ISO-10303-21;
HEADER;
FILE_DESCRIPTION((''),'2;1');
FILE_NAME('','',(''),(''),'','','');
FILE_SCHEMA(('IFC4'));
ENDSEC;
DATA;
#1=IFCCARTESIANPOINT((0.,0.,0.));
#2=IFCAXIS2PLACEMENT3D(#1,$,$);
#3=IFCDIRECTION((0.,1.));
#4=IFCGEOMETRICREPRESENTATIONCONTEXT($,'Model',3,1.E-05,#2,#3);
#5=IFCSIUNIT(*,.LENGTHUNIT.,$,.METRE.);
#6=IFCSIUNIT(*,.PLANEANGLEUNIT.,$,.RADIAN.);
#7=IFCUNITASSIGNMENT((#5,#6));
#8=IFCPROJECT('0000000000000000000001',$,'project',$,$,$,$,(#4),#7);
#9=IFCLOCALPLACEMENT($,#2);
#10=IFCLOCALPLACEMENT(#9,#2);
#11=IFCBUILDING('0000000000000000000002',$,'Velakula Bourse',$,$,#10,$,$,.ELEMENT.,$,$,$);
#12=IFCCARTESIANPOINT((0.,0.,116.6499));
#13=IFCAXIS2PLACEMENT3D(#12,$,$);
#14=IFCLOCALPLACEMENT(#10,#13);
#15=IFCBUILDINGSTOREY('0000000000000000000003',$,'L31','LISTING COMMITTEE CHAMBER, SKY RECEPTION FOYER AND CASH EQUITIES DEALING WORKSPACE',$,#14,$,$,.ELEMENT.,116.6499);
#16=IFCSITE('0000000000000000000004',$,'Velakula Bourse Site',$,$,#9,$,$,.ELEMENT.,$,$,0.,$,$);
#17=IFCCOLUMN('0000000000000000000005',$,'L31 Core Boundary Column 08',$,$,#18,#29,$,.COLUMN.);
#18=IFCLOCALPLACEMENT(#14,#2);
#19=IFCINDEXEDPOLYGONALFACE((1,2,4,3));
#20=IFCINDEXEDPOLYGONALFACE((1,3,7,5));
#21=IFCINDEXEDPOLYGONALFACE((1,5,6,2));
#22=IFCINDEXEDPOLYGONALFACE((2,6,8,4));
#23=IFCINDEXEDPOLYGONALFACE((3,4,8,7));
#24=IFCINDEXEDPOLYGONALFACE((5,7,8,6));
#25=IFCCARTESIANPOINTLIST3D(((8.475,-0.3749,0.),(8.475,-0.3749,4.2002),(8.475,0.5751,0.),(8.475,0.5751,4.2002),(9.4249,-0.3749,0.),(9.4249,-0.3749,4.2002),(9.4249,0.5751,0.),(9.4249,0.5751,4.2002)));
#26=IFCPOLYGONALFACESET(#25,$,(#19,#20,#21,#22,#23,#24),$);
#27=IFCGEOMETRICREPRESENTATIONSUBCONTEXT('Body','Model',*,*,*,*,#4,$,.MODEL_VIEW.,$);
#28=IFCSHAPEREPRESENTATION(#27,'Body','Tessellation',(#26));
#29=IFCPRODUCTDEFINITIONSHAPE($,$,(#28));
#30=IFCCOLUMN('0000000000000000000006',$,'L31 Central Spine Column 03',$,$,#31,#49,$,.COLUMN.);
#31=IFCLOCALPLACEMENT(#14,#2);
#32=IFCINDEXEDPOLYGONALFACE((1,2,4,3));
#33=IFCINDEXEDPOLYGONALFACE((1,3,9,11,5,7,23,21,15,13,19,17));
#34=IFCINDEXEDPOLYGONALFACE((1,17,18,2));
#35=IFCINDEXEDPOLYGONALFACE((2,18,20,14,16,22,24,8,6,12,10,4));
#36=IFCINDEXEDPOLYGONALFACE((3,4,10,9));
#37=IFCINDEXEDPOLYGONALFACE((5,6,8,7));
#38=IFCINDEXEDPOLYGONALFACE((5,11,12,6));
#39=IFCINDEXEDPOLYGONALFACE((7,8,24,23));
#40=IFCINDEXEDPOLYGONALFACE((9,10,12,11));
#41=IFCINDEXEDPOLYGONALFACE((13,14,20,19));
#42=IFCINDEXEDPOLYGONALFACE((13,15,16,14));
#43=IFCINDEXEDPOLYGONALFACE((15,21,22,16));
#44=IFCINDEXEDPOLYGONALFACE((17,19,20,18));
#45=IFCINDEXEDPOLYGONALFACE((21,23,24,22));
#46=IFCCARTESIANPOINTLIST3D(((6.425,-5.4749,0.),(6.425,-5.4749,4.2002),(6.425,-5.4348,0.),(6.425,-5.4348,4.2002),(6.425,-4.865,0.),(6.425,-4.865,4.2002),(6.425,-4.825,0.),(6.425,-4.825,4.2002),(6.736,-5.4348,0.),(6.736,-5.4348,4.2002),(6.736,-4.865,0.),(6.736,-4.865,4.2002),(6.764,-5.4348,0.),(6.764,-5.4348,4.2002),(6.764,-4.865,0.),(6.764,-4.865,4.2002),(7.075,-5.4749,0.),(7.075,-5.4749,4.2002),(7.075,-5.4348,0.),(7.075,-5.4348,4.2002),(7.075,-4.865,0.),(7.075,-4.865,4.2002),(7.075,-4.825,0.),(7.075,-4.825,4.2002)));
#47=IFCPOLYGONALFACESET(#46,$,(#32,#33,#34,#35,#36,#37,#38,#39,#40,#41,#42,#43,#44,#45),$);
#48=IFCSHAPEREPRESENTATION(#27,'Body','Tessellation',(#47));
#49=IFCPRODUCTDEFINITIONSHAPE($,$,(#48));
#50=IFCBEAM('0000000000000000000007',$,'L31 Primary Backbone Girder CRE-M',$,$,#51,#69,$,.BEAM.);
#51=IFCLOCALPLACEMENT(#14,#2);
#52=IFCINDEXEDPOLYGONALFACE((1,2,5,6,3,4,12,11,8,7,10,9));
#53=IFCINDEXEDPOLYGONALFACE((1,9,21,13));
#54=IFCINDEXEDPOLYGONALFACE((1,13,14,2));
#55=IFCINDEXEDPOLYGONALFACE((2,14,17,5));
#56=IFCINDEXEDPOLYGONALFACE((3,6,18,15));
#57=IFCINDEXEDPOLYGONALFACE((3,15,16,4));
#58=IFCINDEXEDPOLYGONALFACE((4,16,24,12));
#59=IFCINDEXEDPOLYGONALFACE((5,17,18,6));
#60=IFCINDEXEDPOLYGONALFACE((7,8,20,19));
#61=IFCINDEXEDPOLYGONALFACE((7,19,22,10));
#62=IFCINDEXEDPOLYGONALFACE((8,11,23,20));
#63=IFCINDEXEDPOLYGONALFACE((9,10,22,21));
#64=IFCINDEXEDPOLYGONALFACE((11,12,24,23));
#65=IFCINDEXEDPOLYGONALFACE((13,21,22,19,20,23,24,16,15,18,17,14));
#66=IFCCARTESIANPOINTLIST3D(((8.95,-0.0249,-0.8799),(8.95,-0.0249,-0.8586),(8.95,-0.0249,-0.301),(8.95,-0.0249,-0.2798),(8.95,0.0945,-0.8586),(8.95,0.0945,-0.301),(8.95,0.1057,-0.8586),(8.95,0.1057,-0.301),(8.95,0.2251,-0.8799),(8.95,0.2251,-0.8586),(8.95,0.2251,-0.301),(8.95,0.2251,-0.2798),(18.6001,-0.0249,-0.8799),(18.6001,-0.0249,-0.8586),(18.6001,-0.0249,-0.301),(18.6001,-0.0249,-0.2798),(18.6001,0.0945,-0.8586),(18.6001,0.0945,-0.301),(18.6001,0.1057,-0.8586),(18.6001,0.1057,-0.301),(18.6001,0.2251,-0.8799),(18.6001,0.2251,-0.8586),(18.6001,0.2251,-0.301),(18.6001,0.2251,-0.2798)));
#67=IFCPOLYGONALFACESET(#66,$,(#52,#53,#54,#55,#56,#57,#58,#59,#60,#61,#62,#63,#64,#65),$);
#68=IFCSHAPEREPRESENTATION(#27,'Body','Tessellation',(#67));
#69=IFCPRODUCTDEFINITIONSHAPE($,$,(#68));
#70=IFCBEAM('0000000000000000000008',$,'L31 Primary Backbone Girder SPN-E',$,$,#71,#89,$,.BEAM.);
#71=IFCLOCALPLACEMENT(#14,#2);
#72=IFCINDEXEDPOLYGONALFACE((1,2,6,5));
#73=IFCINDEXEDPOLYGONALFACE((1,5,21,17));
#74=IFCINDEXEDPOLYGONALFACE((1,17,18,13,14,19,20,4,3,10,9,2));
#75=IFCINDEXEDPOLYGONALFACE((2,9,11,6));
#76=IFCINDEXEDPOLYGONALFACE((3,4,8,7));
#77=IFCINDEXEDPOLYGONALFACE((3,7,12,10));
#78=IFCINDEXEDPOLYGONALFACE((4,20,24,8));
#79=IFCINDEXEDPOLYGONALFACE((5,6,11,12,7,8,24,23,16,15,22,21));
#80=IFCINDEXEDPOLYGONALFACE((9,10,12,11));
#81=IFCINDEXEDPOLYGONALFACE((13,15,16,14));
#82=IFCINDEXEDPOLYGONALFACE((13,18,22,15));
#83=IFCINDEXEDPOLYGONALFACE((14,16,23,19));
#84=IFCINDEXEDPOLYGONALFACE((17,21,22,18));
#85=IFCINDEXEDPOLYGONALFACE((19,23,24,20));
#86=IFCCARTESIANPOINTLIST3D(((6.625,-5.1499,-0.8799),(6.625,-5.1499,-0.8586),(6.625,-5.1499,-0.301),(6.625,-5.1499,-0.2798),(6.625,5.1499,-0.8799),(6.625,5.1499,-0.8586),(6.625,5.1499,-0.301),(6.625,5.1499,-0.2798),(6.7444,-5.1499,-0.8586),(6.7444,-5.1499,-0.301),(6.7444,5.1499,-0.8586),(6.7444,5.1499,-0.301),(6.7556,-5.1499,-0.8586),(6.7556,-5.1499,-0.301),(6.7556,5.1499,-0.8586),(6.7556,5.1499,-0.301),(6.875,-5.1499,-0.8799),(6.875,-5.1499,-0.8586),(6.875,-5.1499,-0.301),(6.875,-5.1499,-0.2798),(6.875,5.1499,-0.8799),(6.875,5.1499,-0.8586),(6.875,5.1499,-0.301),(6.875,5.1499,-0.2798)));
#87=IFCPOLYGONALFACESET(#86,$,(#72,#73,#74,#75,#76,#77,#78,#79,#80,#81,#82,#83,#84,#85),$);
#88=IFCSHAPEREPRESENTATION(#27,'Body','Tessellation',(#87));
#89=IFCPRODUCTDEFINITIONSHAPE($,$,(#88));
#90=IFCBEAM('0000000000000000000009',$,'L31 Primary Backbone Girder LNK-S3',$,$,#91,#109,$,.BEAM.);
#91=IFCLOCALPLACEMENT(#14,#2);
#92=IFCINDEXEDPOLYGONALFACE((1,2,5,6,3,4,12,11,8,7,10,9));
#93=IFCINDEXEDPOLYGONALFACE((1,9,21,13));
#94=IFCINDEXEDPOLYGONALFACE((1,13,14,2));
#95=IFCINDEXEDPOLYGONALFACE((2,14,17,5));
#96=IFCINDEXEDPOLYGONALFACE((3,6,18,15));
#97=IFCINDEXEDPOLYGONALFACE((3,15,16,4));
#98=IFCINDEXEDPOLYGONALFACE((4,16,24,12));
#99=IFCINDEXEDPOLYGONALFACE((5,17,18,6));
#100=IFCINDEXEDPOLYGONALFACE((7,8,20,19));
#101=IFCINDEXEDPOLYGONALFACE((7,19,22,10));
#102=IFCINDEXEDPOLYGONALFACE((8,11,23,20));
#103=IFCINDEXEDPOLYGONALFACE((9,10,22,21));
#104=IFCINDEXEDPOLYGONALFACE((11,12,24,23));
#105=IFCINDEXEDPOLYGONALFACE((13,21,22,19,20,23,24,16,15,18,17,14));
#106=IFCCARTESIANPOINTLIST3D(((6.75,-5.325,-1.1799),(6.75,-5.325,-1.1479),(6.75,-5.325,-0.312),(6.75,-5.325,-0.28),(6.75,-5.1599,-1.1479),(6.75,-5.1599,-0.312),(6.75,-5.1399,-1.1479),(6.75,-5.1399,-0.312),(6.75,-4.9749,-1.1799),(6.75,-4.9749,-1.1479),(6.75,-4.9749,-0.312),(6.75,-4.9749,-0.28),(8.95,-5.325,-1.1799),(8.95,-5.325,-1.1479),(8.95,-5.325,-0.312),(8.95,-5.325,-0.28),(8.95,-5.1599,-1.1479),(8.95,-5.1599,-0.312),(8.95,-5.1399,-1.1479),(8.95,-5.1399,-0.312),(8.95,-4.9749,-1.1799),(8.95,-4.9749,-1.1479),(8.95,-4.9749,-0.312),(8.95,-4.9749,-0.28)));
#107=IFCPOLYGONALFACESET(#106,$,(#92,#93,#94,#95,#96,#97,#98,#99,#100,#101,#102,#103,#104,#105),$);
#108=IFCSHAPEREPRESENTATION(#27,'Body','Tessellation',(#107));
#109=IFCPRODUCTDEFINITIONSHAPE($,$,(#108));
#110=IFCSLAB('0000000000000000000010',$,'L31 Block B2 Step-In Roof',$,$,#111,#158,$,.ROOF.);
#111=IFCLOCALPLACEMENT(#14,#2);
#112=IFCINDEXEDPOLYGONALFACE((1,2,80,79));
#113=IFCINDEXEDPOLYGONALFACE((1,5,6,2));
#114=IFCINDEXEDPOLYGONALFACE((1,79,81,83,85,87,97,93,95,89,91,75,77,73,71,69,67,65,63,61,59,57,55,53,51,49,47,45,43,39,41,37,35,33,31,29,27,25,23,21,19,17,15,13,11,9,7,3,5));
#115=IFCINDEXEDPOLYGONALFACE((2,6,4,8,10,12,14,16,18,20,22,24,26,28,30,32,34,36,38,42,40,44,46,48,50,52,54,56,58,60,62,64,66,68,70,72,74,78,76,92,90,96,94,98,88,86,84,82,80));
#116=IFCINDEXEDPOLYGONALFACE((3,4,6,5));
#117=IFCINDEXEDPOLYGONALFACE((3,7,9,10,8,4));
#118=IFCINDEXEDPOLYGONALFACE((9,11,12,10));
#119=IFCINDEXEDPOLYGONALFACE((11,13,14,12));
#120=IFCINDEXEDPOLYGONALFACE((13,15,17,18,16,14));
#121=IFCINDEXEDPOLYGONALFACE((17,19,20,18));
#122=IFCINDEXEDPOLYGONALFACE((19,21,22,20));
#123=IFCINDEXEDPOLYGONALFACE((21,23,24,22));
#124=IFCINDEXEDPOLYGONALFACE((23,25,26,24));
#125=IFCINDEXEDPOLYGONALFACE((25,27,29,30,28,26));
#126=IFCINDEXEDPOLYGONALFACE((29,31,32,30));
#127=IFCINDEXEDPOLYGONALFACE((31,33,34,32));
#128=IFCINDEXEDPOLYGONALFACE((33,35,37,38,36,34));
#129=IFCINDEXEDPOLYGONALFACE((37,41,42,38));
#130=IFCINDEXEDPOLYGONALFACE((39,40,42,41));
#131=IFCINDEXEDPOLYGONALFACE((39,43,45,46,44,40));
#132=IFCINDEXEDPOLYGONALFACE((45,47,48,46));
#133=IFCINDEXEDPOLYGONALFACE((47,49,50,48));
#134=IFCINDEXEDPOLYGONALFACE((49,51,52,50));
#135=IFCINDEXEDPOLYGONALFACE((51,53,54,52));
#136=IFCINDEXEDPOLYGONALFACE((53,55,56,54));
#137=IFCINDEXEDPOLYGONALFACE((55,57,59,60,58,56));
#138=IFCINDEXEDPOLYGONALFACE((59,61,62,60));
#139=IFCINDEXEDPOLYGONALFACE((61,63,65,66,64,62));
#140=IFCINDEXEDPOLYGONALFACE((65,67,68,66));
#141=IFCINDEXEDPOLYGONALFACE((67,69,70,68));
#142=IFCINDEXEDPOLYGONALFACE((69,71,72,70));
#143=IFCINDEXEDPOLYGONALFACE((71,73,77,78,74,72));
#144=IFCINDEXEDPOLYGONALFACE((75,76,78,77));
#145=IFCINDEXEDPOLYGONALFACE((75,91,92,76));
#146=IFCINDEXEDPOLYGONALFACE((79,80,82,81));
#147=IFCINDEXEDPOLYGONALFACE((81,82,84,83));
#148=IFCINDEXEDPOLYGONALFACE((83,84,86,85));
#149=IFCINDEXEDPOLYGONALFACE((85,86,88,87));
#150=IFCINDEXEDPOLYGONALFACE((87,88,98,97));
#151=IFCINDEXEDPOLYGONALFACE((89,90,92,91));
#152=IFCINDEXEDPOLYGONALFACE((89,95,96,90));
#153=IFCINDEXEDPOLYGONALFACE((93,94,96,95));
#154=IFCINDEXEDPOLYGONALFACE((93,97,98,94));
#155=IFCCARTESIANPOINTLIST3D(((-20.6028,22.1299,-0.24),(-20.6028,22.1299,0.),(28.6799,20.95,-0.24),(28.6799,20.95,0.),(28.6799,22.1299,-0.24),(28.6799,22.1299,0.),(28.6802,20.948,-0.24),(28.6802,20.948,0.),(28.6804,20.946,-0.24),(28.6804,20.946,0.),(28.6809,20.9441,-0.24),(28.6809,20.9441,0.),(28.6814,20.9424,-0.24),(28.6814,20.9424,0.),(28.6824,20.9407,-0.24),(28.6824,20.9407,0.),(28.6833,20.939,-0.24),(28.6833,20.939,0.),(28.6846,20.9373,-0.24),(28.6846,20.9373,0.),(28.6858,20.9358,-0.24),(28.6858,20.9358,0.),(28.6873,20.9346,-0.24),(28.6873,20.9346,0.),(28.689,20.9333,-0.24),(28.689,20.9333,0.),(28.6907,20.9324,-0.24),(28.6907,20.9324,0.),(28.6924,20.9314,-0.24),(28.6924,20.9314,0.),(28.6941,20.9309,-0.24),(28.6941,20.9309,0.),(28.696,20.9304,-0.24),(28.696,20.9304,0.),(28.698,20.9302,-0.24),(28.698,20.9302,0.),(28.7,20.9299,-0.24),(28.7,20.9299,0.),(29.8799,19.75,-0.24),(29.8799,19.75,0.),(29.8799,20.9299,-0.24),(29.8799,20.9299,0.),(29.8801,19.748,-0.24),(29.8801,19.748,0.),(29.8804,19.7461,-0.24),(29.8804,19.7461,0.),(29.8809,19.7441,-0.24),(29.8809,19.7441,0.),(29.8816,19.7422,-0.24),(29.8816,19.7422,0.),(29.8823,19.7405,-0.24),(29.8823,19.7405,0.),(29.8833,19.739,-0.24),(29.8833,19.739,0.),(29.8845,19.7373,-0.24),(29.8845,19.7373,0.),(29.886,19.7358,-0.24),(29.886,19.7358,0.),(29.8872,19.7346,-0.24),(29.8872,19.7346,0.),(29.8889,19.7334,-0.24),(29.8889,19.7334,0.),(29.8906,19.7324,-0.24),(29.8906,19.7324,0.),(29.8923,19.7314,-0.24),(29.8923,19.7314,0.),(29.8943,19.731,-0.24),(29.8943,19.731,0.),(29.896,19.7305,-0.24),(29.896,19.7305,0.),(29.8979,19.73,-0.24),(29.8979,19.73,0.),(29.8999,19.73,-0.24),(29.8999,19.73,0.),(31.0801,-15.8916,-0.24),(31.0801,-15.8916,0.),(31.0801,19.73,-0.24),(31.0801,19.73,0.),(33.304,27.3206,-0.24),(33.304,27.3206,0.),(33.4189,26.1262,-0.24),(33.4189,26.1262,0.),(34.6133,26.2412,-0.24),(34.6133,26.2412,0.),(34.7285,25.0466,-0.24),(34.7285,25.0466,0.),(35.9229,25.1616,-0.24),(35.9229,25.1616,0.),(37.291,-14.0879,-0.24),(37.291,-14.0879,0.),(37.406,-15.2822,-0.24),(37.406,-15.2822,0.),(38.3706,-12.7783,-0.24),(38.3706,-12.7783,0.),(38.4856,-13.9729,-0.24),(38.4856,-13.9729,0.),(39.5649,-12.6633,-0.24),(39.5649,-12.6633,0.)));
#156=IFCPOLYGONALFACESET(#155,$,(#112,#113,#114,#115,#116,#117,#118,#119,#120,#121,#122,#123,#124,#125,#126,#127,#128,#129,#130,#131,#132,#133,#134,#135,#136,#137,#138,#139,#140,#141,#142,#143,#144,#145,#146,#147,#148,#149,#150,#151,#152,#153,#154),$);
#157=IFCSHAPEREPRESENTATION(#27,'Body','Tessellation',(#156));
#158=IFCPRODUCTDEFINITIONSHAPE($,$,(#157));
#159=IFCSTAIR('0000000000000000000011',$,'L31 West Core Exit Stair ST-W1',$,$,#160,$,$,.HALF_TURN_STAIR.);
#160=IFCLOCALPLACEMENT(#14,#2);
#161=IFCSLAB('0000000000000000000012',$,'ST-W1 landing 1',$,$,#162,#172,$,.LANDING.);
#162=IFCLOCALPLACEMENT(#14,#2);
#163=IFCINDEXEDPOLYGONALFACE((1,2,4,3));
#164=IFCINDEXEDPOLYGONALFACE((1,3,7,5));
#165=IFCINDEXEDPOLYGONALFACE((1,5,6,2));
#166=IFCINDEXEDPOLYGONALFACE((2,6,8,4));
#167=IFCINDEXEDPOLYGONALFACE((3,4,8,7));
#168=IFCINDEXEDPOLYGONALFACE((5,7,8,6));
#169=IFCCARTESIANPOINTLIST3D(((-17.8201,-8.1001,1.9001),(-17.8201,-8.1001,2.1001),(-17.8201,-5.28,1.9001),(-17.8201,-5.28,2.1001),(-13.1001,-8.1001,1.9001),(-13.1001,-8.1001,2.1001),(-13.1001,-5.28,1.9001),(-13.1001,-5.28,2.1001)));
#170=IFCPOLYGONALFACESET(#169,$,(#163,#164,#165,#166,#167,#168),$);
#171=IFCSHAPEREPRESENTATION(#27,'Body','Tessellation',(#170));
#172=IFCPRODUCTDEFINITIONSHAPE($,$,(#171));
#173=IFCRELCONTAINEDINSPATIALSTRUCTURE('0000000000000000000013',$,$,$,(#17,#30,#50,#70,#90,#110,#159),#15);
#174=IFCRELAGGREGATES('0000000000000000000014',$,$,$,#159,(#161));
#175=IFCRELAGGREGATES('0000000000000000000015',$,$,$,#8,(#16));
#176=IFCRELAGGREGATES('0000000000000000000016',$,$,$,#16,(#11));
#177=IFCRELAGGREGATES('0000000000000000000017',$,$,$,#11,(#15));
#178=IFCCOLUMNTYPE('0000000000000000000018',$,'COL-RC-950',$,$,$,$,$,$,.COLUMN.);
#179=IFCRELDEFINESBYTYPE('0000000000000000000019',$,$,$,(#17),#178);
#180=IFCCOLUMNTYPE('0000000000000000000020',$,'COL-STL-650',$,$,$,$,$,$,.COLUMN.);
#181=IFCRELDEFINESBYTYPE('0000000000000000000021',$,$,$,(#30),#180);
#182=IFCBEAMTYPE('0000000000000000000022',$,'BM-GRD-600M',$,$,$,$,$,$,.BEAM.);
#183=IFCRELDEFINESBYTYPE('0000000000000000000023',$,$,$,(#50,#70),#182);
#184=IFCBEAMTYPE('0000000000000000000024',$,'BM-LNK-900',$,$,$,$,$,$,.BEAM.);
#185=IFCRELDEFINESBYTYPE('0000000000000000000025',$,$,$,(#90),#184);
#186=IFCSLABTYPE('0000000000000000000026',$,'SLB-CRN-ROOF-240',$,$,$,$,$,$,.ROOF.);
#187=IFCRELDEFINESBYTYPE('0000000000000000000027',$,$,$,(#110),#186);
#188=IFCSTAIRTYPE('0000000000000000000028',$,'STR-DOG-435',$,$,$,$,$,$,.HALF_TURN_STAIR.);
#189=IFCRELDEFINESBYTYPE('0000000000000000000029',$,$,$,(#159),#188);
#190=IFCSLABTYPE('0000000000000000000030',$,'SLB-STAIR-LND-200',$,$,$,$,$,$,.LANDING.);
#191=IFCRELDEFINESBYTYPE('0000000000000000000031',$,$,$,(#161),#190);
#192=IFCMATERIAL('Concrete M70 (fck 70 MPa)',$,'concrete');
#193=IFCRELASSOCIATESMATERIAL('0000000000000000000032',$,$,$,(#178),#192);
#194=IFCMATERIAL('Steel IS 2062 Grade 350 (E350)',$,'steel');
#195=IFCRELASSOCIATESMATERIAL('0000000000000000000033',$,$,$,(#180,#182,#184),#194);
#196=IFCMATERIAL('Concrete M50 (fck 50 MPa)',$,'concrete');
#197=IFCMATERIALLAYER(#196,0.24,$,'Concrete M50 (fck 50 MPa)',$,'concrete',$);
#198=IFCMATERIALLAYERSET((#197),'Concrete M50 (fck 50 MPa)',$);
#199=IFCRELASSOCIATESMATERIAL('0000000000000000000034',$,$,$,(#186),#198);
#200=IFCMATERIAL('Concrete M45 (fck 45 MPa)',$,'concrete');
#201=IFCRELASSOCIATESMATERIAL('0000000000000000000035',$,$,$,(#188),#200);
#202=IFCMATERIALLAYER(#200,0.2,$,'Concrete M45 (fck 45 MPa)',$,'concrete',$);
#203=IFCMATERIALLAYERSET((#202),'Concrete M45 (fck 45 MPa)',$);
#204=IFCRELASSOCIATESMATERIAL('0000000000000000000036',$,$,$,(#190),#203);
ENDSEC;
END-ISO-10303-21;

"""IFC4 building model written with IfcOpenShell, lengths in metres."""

from ifc_helpers import new_model, si_unit, direction, frame, origin, origin_2d, place, context, subcontext, project, spatial, polyline, rectangle, i_section, outline, extrude, material, layer, layer_set, material_profile, profile_set, type_object, element, aggregate, save


model = new_model("IFC4")

# Units and contexts
model_context = context("Model", 3, precision=1e-05, world=origin(), true_north=direction((0.0, 1.0)))
body_context = subcontext(model_context, "Body", "Model", "MODEL_VIEW")
ifc_project = project(units=[si_unit("LENGTHUNIT", "METRE"), si_unit("PLANEANGLEUNIT", "RADIAN")], contexts=[model_context])

# Site, building, storey
site_placement = place(None, origin())
site = spatial("IfcSite", under=ifc_project, at=site_placement, Name="Velakula Bourse Site", CompositionType="ELEMENT", RefElevation=0.0)
building_placement = place(site_placement, origin())
building = spatial("IfcBuilding", under=site, at=building_placement, Name="Velakula Bourse", CompositionType="ELEMENT")
storey_placement = place(building_placement, frame((0.0, 0.0, 116.6499)))
storey = spatial("IfcBuildingStorey", under=building, at=storey_placement, Name="L31", Description="LISTING COMMITTEE CHAMBER, SKY RECEPTION FOYER AND CASH EQUITIES DEALING WORKSPACE", CompositionType="ELEMENT", Elevation=116.6499)

# Columns
ifc_material_1 = material(Name="Concrete M70 (fck 70 MPa)", Category="concrete")
ifc_material_profile_1 = material_profile(ifc_material_1, rectangle(XDim=0.95, YDim=0.95, at=origin_2d()), Name="Concrete M70 (fck 70 MPa)")
ifc_profile_set_1 = profile_set([ifc_material_profile_1], Name="Concrete M70 (fck 70 MPa)")
column_type_1 = type_object("IfcColumnType", Name="COL-RC-950", PredefinedType="COLUMN", material=ifc_profile_set_1)
column_1_placement = place(storey_placement, frame((8.95, 0.1001, 0.0), z_axis=(0.0, 0.0, 1.0), x_axis=(1.0, 0.0, 0.0)))
element("IfcColumn", 1, at=column_1_placement, inside=storey, type_object=column_type_1, Name="L31 Core Boundary Column 08", PredefinedType="COLUMN", context=body_context, shape_type="SweptSolid", body=[
    extrude(rectangle(XDim=0.95, YDim=0.95, at=origin_2d()), origin(), (0.0, 0.0, 1.0), 4.2002),
])
ifc_material_2 = material(Name="Steel IS 2062 Grade 350 (E350)", Category="steel")
ifc_material_profile_2 = material_profile(ifc_material_2, i_section(OverallWidth=0.6499, OverallDepth=0.6499, WebThickness=0.0281, FlangeThickness=0.04, at=origin_2d()), Name="Steel IS 2062 Grade 350 (E350)")
ifc_profile_set_2 = profile_set([ifc_material_profile_2], Name="Steel IS 2062 Grade 350 (E350)")
column_type_2 = type_object("IfcColumnType", Name="COL-STL-650", PredefinedType="COLUMN", material=ifc_profile_set_2)
column_2_placement = place(storey_placement, frame((6.75, -5.1499, 0.0), z_axis=(0.0, 0.0, 1.0), x_axis=(1.0, 0.0, 0.0)))
element("IfcColumn", 2, at=column_2_placement, inside=storey, type_object=column_type_2, Name="L31 Central Spine Column 03", PredefinedType="COLUMN", context=body_context, shape_type="SweptSolid", body=[
    extrude(i_section(OverallWidth=0.6499, OverallDepth=0.6499, WebThickness=0.0281, FlangeThickness=0.04, at=origin_2d()), origin(), (0.0, 0.0, 1.0), 4.2002),
])

# Beams
ifc_material_profile_3 = material_profile(ifc_material_2, i_section(OverallWidth=0.25, OverallDepth=0.6001, WebThickness=0.0112, FlangeThickness=0.0212, at=origin_2d()), Name="Steel IS 2062 Grade 350 (E350)")
ifc_profile_set_3 = profile_set([ifc_material_profile_3], Name="Steel IS 2062 Grade 350 (E350)")
beam_type_1 = type_object("IfcBeamType", Name="BM-GRD-600M", PredefinedType="BEAM", material=ifc_profile_set_3)
beam_1_placement = place(storey_placement, frame((8.95, 0.1001, -0.5798), z_axis=(1.0, 0.0, 0.0), x_axis=(0.0, 1.0, 0.0)))
element("IfcBeam", 3, at=beam_1_placement, inside=storey, type_object=beam_type_1, Name="L31 Primary Backbone Girder CRE-M", PredefinedType="BEAM", context=body_context, shape_type="SweptSolid", body=[
    extrude(i_section(OverallWidth=0.25, OverallDepth=0.6001, WebThickness=0.0112, FlangeThickness=0.0212, at=origin_2d()), origin(), (0.0, 0.0, 1.0), 9.6501),
])
beam_2_placement = place(storey_placement, frame((6.75, -5.1499, -0.5798), z_axis=(0.0, 1.0, 0.0), x_axis=(-1.0, 0.0, 0.0)))
element("IfcBeam", 4, at=beam_2_placement, inside=storey, type_object=beam_type_1, Name="L31 Primary Backbone Girder SPN-E", PredefinedType="BEAM", context=body_context, shape_type="SweptSolid", body=[
    extrude(i_section(OverallWidth=0.25, OverallDepth=0.6001, WebThickness=0.0112, FlangeThickness=0.0212, at=origin_2d()), origin(), (0.0, 0.0, 1.0), 10.2998),
])
ifc_material_profile_4 = material_profile(ifc_material_2, i_section(OverallWidth=0.3501, OverallDepth=0.8999, WebThickness=0.02, FlangeThickness=0.032, at=origin_2d()), Name="Steel IS 2062 Grade 350 (E350)")
ifc_profile_set_4 = profile_set([ifc_material_profile_4], Name="Steel IS 2062 Grade 350 (E350)")
beam_type_2 = type_object("IfcBeamType", Name="BM-LNK-900", PredefinedType="BEAM", material=ifc_profile_set_4)
beam_3_placement = place(storey_placement, frame((6.75, -5.1499, -0.73), z_axis=(1.0, 0.0, 0.0), x_axis=(0.0, 1.0, 0.0)))
element("IfcBeam", 5, at=beam_3_placement, inside=storey, type_object=beam_type_2, Name="L31 Primary Backbone Girder LNK-S3", PredefinedType="BEAM", context=body_context, shape_type="SweptSolid", body=[
    extrude(i_section(OverallWidth=0.3501, OverallDepth=0.8999, WebThickness=0.02, FlangeThickness=0.032, at=origin_2d()), origin(), (0.0, 0.0, 1.0), 2.2),
])

# Slab
ifc_material_3 = material(Name="Concrete M50 (fck 50 MPa)", Category="concrete")
ifc_layer_1 = layer(ifc_material_3, 0.24, Name="Concrete M50 (fck 50 MPa)", Category="concrete")
ifc_layer_set_1 = layer_set([ifc_layer_1], Name="Concrete M50 (fck 50 MPa)")
slab_type_1 = type_object("IfcSlabType", Name="SLB-CRN-ROOF-240", PredefinedType="ROOF", material=ifc_layer_set_1)
slab_1_placement = place(storey_placement, frame((0.0, 0.0, -0.24)))
element("IfcSlab", 6, at=slab_1_placement, inside=storey, type_object=slab_type_1, Name="L31 Block B2 Step-In Roof", PredefinedType="ROOF", context=body_context, shape_type="SweptSolid", body=[
    extrude(outline(polyline([(33.304, 27.3206), (33.4189, 26.1262), (34.6133, 26.2412), (34.7285, 25.0466), (35.9229, 25.1616), (39.5649, -12.6633), (38.3706, -12.7783), (38.4856, -13.9729), (37.291, -14.0879), (37.406, -15.2822), (31.0801, -15.8916), (31.0801, 19.73), (29.8999, 19.73), (29.8979, 19.73), (29.896, 19.7305), (29.8943, 19.731), (29.8923, 19.7314), (29.8906, 19.7324), (29.8889, 19.7334), (29.8872, 19.7346), (29.886, 19.7358), (29.8845, 19.7373), (29.8833, 19.739), (29.8823, 19.7405), (29.8816, 19.7422), (29.8809, 19.7441), (29.8804, 19.7461), (29.8801, 19.748), (29.8799, 19.75), (29.8799, 20.9299), (28.7, 20.9299), (28.698, 20.9302), (28.696, 20.9304), (28.6941, 20.9309), (28.6924, 20.9314), (28.6907, 20.9324), (28.689, 20.9333), (28.6873, 20.9346), (28.6858, 20.9358), (28.6846, 20.9373), (28.6833, 20.939), (28.6824, 20.9407), (28.6814, 20.9424), (28.6809, 20.9441), (28.6804, 20.946), (28.6802, 20.948), (28.6799, 20.95), (28.6799, 22.1299), (-20.6028, 22.1299), (33.304, 27.3206)])), origin(), (0.0, 0.0, 1.0), 0.24),
])

# Stair, slab
ifc_material_4 = material(Name="Concrete M45 (fck 45 MPa)", Category="concrete")
stair_type = type_object("IfcStairType", Name="STR-DOG-435", PredefinedType="HALF_TURN_STAIR", material=ifc_material_4)
stair_1_placement = place(storey_placement, origin())
stair_1 = element("IfcStair", 7, at=stair_1_placement, inside=storey, type_object=stair_type, Name="L31 West Core Exit Stair ST-W1", PredefinedType="HALF_TURN_STAIR")
ifc_layer_2 = layer(ifc_material_4, 0.2, Name="Concrete M45 (fck 45 MPa)", Category="concrete")
ifc_layer_set_2 = layer_set([ifc_layer_2], Name="Concrete M45 (fck 45 MPa)")
slab_type_2 = type_object("IfcSlabType", Name="SLB-STAIR-LND-200", PredefinedType="LANDING", material=ifc_layer_set_2)
slab_2_placement = place(storey_placement, frame((0.0, 0.0, 1.9001)))
slab_2 = element("IfcSlab", 8, at=slab_2_placement, type_object=slab_type_2, Name="ST-W1 landing 1", PredefinedType="LANDING", context=body_context, shape_type="SweptSolid", body=[
    extrude(outline(polyline([(-17.8201, -5.28), (-17.8201, -8.1001), (-13.1001, -8.1001), (-13.1001, -5.28), (-17.8201, -5.28)])), origin(), (0.0, 0.0, 1.0), 0.2),
])
aggregate(stair_1, [slab_2])

save(model, "model.ifc")
